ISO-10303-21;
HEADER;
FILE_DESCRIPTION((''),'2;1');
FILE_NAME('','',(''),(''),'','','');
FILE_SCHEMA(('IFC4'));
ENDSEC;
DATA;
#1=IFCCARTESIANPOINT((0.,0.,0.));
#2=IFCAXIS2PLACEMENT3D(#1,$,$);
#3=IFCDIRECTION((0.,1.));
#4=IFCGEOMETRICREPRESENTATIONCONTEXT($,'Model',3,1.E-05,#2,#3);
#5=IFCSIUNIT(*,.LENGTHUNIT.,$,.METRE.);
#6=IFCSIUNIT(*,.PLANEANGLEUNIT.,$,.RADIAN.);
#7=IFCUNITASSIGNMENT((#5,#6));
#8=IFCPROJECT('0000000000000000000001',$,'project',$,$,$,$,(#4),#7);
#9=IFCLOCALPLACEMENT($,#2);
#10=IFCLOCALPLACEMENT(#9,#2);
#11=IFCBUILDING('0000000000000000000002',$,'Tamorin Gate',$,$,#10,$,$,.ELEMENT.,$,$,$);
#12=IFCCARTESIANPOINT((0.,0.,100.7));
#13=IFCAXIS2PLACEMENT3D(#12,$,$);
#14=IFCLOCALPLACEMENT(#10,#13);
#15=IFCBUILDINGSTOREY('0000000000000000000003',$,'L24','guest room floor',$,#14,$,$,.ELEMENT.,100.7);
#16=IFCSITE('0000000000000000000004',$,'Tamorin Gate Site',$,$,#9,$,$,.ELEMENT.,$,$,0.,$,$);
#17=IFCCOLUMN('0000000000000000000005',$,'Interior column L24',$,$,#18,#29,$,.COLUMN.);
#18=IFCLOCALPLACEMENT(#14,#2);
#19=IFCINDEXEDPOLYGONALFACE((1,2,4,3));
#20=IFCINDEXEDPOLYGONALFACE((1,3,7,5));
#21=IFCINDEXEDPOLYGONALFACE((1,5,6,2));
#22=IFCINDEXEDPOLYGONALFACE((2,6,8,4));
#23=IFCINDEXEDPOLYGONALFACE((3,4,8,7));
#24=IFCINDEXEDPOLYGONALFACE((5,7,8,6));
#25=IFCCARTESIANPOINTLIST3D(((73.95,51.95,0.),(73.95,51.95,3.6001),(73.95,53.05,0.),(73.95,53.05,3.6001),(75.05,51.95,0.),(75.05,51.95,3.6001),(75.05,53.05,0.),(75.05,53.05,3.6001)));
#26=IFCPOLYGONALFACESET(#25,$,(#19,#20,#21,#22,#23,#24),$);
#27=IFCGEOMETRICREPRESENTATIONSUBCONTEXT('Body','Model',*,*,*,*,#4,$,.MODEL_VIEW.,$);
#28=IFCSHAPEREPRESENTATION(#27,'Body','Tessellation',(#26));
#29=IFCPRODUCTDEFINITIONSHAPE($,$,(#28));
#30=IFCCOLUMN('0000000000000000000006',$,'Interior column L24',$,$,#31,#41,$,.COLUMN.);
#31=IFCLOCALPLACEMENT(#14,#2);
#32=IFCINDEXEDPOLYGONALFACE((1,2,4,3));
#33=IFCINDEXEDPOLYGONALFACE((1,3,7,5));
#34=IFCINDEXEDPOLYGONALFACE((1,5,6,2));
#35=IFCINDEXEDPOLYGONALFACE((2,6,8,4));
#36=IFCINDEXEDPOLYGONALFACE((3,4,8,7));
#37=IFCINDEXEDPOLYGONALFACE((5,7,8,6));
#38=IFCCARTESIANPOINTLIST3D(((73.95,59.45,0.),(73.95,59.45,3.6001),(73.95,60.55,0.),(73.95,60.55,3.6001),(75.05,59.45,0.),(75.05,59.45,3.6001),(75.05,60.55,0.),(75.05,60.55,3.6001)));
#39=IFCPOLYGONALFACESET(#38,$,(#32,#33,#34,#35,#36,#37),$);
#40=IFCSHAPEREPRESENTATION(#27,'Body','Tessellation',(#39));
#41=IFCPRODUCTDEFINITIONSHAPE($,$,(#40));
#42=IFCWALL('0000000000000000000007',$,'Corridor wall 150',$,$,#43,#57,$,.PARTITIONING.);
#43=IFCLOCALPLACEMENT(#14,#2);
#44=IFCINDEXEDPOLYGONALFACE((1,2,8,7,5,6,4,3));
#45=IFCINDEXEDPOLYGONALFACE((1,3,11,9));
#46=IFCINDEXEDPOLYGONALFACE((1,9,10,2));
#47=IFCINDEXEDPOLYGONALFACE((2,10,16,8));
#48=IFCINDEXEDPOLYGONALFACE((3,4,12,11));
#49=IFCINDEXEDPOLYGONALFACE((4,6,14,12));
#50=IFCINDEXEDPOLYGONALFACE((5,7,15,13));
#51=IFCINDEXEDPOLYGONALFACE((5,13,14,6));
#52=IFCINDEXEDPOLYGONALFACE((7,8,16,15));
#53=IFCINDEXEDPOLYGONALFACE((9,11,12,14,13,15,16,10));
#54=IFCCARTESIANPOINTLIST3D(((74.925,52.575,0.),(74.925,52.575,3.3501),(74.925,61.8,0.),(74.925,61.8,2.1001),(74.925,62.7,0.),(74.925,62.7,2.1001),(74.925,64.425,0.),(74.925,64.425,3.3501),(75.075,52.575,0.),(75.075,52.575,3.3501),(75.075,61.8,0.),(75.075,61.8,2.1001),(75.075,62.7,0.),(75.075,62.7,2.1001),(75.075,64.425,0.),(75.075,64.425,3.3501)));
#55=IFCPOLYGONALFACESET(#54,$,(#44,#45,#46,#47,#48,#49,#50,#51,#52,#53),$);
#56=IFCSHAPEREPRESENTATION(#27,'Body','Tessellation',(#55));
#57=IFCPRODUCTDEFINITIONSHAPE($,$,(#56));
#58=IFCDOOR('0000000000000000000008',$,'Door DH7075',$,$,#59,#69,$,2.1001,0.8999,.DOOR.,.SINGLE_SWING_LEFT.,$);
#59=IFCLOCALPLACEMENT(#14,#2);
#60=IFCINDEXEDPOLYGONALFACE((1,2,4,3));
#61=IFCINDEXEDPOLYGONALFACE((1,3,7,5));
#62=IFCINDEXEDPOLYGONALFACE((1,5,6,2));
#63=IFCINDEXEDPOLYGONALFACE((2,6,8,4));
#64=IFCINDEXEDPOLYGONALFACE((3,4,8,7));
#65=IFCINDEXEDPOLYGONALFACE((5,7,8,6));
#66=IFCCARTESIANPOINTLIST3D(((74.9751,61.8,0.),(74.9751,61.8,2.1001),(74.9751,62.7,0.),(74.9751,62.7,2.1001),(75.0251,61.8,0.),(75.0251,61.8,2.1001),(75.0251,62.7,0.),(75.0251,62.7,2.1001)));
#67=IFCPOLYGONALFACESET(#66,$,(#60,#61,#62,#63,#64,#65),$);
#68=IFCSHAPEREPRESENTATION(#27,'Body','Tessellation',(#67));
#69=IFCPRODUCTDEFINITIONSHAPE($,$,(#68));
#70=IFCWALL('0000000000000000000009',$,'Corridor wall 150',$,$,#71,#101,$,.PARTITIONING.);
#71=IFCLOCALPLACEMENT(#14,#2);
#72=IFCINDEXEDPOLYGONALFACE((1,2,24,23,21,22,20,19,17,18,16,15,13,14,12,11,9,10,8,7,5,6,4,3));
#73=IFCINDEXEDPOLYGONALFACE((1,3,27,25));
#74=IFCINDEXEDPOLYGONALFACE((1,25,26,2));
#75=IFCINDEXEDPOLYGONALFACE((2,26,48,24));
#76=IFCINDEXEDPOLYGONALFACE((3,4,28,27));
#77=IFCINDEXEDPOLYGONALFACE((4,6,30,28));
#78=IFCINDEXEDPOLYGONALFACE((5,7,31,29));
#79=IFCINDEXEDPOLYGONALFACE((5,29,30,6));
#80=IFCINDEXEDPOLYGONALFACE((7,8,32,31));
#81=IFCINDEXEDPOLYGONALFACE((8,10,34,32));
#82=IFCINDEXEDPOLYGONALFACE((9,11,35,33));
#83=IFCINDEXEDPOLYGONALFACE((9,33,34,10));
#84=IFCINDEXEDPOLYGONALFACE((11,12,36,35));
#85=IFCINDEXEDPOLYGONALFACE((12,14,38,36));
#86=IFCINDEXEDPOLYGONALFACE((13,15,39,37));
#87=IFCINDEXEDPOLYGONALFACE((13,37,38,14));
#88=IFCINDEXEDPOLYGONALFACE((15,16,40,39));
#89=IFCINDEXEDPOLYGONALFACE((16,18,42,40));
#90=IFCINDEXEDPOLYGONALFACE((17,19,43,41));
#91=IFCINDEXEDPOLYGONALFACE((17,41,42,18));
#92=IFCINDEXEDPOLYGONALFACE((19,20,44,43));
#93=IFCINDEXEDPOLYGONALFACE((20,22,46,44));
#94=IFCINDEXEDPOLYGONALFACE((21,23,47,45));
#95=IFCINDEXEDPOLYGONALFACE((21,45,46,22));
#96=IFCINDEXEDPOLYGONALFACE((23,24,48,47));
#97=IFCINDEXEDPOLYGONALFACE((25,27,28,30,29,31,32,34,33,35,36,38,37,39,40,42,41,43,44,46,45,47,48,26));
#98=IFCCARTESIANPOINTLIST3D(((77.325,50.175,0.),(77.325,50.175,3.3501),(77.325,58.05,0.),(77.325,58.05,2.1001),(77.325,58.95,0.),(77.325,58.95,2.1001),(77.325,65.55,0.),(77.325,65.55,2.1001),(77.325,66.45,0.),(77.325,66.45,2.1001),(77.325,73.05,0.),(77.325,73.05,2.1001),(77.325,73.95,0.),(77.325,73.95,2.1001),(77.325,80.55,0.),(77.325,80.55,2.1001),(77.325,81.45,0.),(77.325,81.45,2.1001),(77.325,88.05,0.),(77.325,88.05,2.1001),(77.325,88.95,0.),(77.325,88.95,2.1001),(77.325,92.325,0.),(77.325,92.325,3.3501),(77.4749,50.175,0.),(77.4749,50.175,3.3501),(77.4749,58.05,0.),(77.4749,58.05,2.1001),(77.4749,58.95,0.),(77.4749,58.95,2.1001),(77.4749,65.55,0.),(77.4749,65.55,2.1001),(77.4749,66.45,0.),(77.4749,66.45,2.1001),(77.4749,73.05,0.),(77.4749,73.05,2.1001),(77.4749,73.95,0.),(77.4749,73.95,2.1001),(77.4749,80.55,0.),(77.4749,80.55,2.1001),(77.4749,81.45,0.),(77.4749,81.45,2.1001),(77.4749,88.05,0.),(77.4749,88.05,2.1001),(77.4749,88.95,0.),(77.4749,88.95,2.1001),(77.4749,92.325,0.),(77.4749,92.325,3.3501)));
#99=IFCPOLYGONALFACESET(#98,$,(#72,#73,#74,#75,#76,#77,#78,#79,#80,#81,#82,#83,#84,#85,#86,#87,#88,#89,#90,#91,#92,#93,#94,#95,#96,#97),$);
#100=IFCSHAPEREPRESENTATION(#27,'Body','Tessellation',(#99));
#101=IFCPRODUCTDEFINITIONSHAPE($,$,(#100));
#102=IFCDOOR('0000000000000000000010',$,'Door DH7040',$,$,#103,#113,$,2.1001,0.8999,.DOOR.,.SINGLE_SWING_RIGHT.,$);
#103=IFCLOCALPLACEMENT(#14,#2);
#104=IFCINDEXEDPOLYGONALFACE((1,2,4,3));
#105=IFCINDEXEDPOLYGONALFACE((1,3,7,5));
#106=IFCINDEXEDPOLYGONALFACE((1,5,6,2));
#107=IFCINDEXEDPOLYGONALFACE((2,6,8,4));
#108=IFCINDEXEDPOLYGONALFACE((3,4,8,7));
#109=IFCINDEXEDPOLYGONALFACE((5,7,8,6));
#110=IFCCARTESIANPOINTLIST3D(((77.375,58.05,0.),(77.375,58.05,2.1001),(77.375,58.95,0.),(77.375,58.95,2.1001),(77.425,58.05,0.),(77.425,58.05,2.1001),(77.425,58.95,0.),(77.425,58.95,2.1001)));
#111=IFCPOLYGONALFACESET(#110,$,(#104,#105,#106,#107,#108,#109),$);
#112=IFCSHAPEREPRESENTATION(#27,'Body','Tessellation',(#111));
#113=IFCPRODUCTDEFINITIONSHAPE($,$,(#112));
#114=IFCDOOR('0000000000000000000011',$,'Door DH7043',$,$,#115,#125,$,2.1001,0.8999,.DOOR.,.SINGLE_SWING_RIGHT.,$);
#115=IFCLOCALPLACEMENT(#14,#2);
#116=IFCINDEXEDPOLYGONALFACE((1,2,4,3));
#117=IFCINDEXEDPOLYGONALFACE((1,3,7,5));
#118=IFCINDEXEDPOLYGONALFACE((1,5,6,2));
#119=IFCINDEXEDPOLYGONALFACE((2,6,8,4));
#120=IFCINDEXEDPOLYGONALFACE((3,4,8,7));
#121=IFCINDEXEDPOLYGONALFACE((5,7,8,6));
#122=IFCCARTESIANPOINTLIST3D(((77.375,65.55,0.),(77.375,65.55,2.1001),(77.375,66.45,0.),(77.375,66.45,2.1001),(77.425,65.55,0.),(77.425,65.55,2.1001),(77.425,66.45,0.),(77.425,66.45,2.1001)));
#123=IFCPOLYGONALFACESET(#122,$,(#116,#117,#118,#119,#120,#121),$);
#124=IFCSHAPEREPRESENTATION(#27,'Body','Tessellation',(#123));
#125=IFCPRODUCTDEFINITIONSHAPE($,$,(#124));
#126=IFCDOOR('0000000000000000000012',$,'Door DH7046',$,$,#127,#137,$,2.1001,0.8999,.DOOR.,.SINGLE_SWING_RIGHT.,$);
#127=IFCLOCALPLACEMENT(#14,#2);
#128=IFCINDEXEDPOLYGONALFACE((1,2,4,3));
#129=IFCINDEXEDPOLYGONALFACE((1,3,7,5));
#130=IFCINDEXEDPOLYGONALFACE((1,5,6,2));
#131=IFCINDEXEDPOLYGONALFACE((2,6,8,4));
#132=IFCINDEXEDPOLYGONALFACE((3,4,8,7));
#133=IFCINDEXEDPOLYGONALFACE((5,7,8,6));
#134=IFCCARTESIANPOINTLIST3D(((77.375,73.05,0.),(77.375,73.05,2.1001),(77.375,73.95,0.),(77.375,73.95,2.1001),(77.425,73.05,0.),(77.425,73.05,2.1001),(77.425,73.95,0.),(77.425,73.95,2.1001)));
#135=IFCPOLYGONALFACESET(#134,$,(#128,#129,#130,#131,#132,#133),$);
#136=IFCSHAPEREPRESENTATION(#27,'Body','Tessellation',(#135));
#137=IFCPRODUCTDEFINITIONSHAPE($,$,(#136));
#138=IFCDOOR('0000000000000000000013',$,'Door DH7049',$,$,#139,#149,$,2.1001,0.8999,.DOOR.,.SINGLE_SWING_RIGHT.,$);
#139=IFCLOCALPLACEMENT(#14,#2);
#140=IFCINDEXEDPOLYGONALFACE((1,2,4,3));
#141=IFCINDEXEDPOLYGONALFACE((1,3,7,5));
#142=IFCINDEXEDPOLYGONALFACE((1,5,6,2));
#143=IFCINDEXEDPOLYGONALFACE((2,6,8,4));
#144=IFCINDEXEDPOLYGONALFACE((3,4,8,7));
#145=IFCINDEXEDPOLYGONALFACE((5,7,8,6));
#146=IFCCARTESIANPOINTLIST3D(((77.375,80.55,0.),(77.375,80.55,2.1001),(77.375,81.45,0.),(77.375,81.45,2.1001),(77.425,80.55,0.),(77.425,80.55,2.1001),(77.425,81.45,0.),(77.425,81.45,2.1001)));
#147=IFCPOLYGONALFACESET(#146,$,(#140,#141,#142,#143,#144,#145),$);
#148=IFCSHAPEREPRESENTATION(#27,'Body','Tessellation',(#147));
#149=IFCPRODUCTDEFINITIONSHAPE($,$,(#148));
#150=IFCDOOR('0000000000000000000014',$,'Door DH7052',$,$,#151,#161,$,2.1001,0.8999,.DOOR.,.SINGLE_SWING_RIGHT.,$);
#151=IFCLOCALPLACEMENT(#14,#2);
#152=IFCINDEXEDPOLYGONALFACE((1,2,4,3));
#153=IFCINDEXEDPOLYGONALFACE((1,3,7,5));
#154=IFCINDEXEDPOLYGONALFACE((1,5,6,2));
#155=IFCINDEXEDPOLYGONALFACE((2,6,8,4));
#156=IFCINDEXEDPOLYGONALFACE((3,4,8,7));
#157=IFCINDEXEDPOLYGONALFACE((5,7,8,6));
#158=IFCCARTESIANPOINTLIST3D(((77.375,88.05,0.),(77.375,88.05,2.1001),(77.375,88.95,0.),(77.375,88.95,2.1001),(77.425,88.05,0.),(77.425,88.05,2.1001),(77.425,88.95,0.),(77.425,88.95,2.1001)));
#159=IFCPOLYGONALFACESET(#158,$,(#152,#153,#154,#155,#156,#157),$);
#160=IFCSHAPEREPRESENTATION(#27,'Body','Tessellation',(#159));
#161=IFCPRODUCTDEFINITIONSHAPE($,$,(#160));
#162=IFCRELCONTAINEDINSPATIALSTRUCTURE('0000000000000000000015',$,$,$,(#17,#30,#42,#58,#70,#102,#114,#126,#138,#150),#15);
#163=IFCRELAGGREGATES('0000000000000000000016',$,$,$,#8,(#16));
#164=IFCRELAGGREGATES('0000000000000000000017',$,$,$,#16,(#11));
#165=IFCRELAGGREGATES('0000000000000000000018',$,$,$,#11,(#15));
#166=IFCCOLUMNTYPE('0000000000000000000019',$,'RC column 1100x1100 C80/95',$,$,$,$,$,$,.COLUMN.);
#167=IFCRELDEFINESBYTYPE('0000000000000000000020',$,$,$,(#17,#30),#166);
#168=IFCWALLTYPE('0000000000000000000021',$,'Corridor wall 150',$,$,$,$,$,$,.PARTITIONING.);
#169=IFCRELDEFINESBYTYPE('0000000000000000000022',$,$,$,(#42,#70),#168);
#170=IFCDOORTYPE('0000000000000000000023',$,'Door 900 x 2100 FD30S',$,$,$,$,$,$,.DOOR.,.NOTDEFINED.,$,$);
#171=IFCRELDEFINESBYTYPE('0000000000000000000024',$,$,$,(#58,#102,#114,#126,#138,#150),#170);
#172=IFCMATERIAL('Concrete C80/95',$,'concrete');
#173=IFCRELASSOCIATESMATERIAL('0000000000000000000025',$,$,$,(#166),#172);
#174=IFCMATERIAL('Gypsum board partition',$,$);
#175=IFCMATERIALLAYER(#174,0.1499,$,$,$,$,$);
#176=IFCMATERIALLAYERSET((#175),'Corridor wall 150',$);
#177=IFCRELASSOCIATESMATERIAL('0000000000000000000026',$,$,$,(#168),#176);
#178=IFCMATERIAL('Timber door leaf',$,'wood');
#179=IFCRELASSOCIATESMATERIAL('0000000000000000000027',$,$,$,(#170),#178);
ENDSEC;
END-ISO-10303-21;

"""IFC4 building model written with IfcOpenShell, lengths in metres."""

from ifc_helpers import new_model, si_unit, direction, frame, frame_2d, origin, origin_2d, place, context, subcontext, project, spatial, rectangle, extrude, material, layer, layer_set, material_profile, profile_set, type_object, element, fill, save


model = new_model("IFC4")

# Units and contexts
model_context = context("Model", 3, precision=1e-05, world=origin(), true_north=direction((0.0, 1.0)))
body_context = subcontext(model_context, "Body", "Model", "MODEL_VIEW")
ifc_project = project(units=[si_unit("LENGTHUNIT", "METRE"), si_unit("PLANEANGLEUNIT", "RADIAN")], contexts=[model_context])

# Site, building, storey
site_placement = place(None, origin())
site = spatial("IfcSite", under=ifc_project, at=site_placement, Name="Tamorin Gate Site", CompositionType="ELEMENT", RefElevation=0.0)
building_placement = place(site_placement, origin())
building = spatial("IfcBuilding", under=site, at=building_placement, Name="Tamorin Gate", CompositionType="ELEMENT")
storey_placement = place(building_placement, frame((0.0, 0.0, 100.7)))
storey = spatial("IfcBuildingStorey", under=building, at=storey_placement, Name="L24", Description="guest room floor", CompositionType="ELEMENT", Elevation=100.7)

# Columns
ifc_material_1 = material(Name="Concrete C80/95", Category="concrete")
ifc_material_profile = material_profile(ifc_material_1, rectangle(XDim=1.1001, YDim=1.1001, at=origin_2d()), Name="RC 1100x1100")
ifc_profile_set = profile_set([ifc_material_profile], Name="Concrete C80/95")
column_type = type_object("IfcColumnType", Name="RC column 1100x1100 C80/95", PredefinedType="COLUMN", material=ifc_profile_set)
for number, where, z_axis, x_axis, name in (
    (1, (74.5, 52.5, 0.0), (0.0, 0.0, 1.0), (1.0, 0.0, 0.0), "Interior column L24"),
    (2, (74.5, 60.0, 0.0), (0.0, 0.0, 1.0), (1.0, 0.0, 0.0), "Interior column L24"),
):
    element("IfcColumn", number, at=place(storey_placement, frame(where, z_axis=z_axis, x_axis=x_axis)), inside=storey, type_object=column_type, Name=name, PredefinedType="COLUMN", context=body_context, shape_type="SweptSolid", body=[
        extrude(rectangle(XDim=1.1001, YDim=1.1001, at=origin_2d()), origin(), (0.0, 0.0, 1.0), 3.6001),
    ])

# Wall, opening, door
ifc_material_2 = material(Name="Gypsum board partition")
ifc_layer_1 = layer(ifc_material_2, 0.1499)
ifc_layer_set_1 = layer_set([ifc_layer_1], Name="Corridor wall 150")
wall_type_1 = type_object("IfcWallType", Name="Corridor wall 150", PredefinedType="PARTITIONING", material=ifc_layer_set_1)
wall_1_placement = place(storey_placement, frame((75.0, 52.575, 0.0), z_axis=(0.0, 0.0, 1.0), x_axis=(0.0, 1.0, 0.0)))
wall_1 = element("IfcWall", 3, at=wall_1_placement, inside=storey, type_object=wall_type_1, Name="Corridor wall 150", PredefinedType="PARTITIONING", context=body_context, shape_type="SweptSolid", body=[
    extrude(rectangle(XDim=11.8501, YDim=0.1499, at=frame_2d((5.925, 0.0))), origin(), (0.0, 0.0, 1.0), 3.3501),
])
opening_1_placement = place(wall_1_placement, frame((9.2251, 0.0, 0.0)))
opening_1 = element("IfcOpeningElement", 4, at=opening_1_placement, cuts=wall_1, PredefinedType="OPENING", context=body_context, shape_type="SweptSolid", body=[
    extrude(rectangle(XDim=0.8999, YDim=2.1001, at=frame_2d((0.45, 1.05))), frame((0.0, 0.085, 0.0), z_axis=(0.0, -1.0, 0.0), x_axis=(1.0, 0.0, 0.0)), (0.0, 0.0, 1.0), 0.1699),
])
ifc_material_3 = material(Name="Timber door leaf", Category="wood")
door_type_1 = type_object("IfcDoorType", Name="Door 900 x 2100 FD30S", OperationType="NOTDEFINED", PredefinedType="DOOR", material=ifc_material_3)
door_1_placement = place(opening_1_placement, origin())
door_1 = element("IfcDoor", 5, at=door_1_placement, inside=storey, type_object=door_type_1, Name="Door DH7075", OperationType="SINGLE_SWING_LEFT", OverallHeight=2.1001, OverallWidth=0.8999, PredefinedType="DOOR", context=body_context, shape_type="SweptSolid", body=[
    extrude(rectangle(XDim=0.8999, YDim=2.1001, at=frame_2d((0.45, 1.05))), frame((0.0, 0.0249, 0.0), z_axis=(0.0, -1.0, 0.0), x_axis=(1.0, 0.0, 0.0)), (0.0, 0.0, 1.0), 0.05),
])
fill(opening_1, door_1)

# Wall, openings, doors
wall_2_placement = place(storey_placement, frame((77.3999, 50.175, 0.0), z_axis=(0.0, 0.0, 1.0), x_axis=(0.0, 1.0, 0.0)))
wall_2 = element("IfcWall", 6, at=wall_2_placement, inside=storey, type_object=wall_type_1, Name="Corridor wall 150", PredefinedType="PARTITIONING", context=body_context, shape_type="SweptSolid", body=[
    extrude(rectangle(XDim=42.1499, YDim=0.1499, at=frame_2d((21.075, 0.0))), origin(), (0.0, 0.0, 1.0), 3.3501),
])
opening_2_placement = place(wall_2_placement, frame((7.875, 0.0, 0.0)))
opening_2 = element("IfcOpeningElement", 7, at=opening_2_placement, cuts=wall_2, PredefinedType="OPENING", context=body_context, shape_type="SweptSolid", body=[
    extrude(rectangle(XDim=0.8999, YDim=2.1001, at=frame_2d((0.45, 1.05))), frame((0.0, 0.085, 0.0), z_axis=(0.0, -1.0, 0.0), x_axis=(1.0, 0.0, 0.0)), (0.0, 0.0, 1.0), 0.1699),
])
opening_3_placement = place(wall_2_placement, frame((15.375, 0.0, 0.0)))
opening_3 = element("IfcOpeningElement", 8, at=opening_3_placement, cuts=wall_2, PredefinedType="OPENING", context=body_context, shape_type="SweptSolid", body=[
    extrude(rectangle(XDim=0.8999, YDim=2.1001, at=frame_2d((0.45, 1.05))), frame((0.0, 0.085, 0.0), z_axis=(0.0, -1.0, 0.0), x_axis=(1.0, 0.0, 0.0)), (0.0, 0.0, 1.0), 0.1699),
])
opening_4_placement = place(wall_2_placement, frame((22.875, 0.0, 0.0)))
opening_4 = element("IfcOpeningElement", 9, at=opening_4_placement, cuts=wall_2, PredefinedType="OPENING", context=body_context, shape_type="SweptSolid", body=[
    extrude(rectangle(XDim=0.8999, YDim=2.1001, at=frame_2d((0.45, 1.05))), frame((0.0, 0.085, 0.0), z_axis=(0.0, -1.0, 0.0), x_axis=(1.0, 0.0, 0.0)), (0.0, 0.0, 1.0), 0.1699),
])
opening_5_placement = place(wall_2_placement, frame((30.375, 0.0, 0.0)))
opening_5 = element("IfcOpeningElement", 10, at=opening_5_placement, cuts=wall_2, PredefinedType="OPENING", context=body_context, shape_type="SweptSolid", body=[
    extrude(rectangle(XDim=0.8999, YDim=2.1001, at=frame_2d((0.45, 1.05))), frame((0.0, 0.085, 0.0), z_axis=(0.0, -1.0, 0.0), x_axis=(1.0, 0.0, 0.0)), (0.0, 0.0, 1.0), 0.1699),
])
opening_6_placement = place(wall_2_placement, frame((37.875, 0.0, 0.0)))
opening_6 = element("IfcOpeningElement", 11, at=opening_6_placement, cuts=wall_2, PredefinedType="OPENING", context=body_context, shape_type="SweptSolid", body=[
    extrude(rectangle(XDim=0.8999, YDim=2.1001, at=frame_2d((0.45, 1.05))), frame((0.0, 0.085, 0.0), z_axis=(0.0, -1.0, 0.0), x_axis=(1.0, 0.0, 0.0)), (0.0, 0.0, 1.0), 0.1699),
])
door_2_placement = place(opening_2_placement, origin())
door_2 = element("IfcDoor", 12, at=door_2_placement, inside=storey, type_object=door_type_1, Name="Door DH7040", OperationType="SINGLE_SWING_RIGHT", OverallHeight=2.1001, OverallWidth=0.8999, PredefinedType="DOOR", context=body_context, shape_type="SweptSolid", body=[
    extrude(rectangle(XDim=0.8999, YDim=2.1001, at=frame_2d((0.45, 1.05))), frame((0.0, 0.0249, 0.0), z_axis=(0.0, -1.0, 0.0), x_axis=(1.0, 0.0, 0.0)), (0.0, 0.0, 1.0), 0.05),
])
fill(opening_2, door_2)
door_3_placement = place(opening_3_placement, origin())
door_3 = element("IfcDoor", 13, at=door_3_placement, inside=storey, type_object=door_type_1, Name="Door DH7043", OperationType="SINGLE_SWING_RIGHT", OverallHeight=2.1001, OverallWidth=0.8999, PredefinedType="DOOR", context=body_context, shape_type="SweptSolid", body=[
    extrude(rectangle(XDim=0.8999, YDim=2.1001, at=frame_2d((0.45, 1.05))), frame((0.0, 0.0249, 0.0), z_axis=(0.0, -1.0, 0.0), x_axis=(1.0, 0.0, 0.0)), (0.0, 0.0, 1.0), 0.05),
])
fill(opening_3, door_3)
door_4_placement = place(opening_4_placement, origin())
door_4 = element("IfcDoor", 14, at=door_4_placement, inside=storey, type_object=door_type_1, Name="Door DH7046", OperationType="SINGLE_SWING_RIGHT", OverallHeight=2.1001, OverallWidth=0.8999, PredefinedType="DOOR", context=body_context, shape_type="SweptSolid", body=[
    extrude(rectangle(XDim=0.8999, YDim=2.1001, at=frame_2d((0.45, 1.05))), frame((0.0, 0.0249, 0.0), z_axis=(0.0, -1.0, 0.0), x_axis=(1.0, 0.0, 0.0)), (0.0, 0.0, 1.0), 0.05),
])
fill(opening_4, door_4)
door_5_placement = place(opening_5_placement, origin())
door_5 = element("IfcDoor", 15, at=door_5_placement, inside=storey, type_object=door_type_1, Name="Door DH7049", OperationType="SINGLE_SWING_RIGHT", OverallHeight=2.1001, OverallWidth=0.8999, PredefinedType="DOOR", context=body_context, shape_type="SweptSolid", body=[
    extrude(rectangle(XDim=0.8999, YDim=2.1001, at=frame_2d((0.45, 1.05))), frame((0.0, 0.0249, 0.0), z_axis=(0.0, -1.0, 0.0), x_axis=(1.0, 0.0, 0.0)), (0.0, 0.0, 1.0), 0.05),
])
fill(opening_5, door_5)
door_6_placement = place(opening_6_placement, origin())
door_6 = element("IfcDoor", 16, at=door_6_placement, inside=storey, type_object=door_type_1, Name="Door DH7052", OperationType="SINGLE_SWING_RIGHT", OverallHeight=2.1001, OverallWidth=0.8999, PredefinedType="DOOR", context=body_context, shape_type="SweptSolid", body=[
    extrude(rectangle(XDim=0.8999, YDim=2.1001, at=frame_2d((0.45, 1.05))), frame((0.0, 0.0249, 0.0), z_axis=(0.0, -1.0, 0.0), x_axis=(1.0, 0.0, 0.0)), (0.0, 0.0, 1.0), 0.05),
])
fill(opening_6, door_6)

save(model, "model.ifc")
